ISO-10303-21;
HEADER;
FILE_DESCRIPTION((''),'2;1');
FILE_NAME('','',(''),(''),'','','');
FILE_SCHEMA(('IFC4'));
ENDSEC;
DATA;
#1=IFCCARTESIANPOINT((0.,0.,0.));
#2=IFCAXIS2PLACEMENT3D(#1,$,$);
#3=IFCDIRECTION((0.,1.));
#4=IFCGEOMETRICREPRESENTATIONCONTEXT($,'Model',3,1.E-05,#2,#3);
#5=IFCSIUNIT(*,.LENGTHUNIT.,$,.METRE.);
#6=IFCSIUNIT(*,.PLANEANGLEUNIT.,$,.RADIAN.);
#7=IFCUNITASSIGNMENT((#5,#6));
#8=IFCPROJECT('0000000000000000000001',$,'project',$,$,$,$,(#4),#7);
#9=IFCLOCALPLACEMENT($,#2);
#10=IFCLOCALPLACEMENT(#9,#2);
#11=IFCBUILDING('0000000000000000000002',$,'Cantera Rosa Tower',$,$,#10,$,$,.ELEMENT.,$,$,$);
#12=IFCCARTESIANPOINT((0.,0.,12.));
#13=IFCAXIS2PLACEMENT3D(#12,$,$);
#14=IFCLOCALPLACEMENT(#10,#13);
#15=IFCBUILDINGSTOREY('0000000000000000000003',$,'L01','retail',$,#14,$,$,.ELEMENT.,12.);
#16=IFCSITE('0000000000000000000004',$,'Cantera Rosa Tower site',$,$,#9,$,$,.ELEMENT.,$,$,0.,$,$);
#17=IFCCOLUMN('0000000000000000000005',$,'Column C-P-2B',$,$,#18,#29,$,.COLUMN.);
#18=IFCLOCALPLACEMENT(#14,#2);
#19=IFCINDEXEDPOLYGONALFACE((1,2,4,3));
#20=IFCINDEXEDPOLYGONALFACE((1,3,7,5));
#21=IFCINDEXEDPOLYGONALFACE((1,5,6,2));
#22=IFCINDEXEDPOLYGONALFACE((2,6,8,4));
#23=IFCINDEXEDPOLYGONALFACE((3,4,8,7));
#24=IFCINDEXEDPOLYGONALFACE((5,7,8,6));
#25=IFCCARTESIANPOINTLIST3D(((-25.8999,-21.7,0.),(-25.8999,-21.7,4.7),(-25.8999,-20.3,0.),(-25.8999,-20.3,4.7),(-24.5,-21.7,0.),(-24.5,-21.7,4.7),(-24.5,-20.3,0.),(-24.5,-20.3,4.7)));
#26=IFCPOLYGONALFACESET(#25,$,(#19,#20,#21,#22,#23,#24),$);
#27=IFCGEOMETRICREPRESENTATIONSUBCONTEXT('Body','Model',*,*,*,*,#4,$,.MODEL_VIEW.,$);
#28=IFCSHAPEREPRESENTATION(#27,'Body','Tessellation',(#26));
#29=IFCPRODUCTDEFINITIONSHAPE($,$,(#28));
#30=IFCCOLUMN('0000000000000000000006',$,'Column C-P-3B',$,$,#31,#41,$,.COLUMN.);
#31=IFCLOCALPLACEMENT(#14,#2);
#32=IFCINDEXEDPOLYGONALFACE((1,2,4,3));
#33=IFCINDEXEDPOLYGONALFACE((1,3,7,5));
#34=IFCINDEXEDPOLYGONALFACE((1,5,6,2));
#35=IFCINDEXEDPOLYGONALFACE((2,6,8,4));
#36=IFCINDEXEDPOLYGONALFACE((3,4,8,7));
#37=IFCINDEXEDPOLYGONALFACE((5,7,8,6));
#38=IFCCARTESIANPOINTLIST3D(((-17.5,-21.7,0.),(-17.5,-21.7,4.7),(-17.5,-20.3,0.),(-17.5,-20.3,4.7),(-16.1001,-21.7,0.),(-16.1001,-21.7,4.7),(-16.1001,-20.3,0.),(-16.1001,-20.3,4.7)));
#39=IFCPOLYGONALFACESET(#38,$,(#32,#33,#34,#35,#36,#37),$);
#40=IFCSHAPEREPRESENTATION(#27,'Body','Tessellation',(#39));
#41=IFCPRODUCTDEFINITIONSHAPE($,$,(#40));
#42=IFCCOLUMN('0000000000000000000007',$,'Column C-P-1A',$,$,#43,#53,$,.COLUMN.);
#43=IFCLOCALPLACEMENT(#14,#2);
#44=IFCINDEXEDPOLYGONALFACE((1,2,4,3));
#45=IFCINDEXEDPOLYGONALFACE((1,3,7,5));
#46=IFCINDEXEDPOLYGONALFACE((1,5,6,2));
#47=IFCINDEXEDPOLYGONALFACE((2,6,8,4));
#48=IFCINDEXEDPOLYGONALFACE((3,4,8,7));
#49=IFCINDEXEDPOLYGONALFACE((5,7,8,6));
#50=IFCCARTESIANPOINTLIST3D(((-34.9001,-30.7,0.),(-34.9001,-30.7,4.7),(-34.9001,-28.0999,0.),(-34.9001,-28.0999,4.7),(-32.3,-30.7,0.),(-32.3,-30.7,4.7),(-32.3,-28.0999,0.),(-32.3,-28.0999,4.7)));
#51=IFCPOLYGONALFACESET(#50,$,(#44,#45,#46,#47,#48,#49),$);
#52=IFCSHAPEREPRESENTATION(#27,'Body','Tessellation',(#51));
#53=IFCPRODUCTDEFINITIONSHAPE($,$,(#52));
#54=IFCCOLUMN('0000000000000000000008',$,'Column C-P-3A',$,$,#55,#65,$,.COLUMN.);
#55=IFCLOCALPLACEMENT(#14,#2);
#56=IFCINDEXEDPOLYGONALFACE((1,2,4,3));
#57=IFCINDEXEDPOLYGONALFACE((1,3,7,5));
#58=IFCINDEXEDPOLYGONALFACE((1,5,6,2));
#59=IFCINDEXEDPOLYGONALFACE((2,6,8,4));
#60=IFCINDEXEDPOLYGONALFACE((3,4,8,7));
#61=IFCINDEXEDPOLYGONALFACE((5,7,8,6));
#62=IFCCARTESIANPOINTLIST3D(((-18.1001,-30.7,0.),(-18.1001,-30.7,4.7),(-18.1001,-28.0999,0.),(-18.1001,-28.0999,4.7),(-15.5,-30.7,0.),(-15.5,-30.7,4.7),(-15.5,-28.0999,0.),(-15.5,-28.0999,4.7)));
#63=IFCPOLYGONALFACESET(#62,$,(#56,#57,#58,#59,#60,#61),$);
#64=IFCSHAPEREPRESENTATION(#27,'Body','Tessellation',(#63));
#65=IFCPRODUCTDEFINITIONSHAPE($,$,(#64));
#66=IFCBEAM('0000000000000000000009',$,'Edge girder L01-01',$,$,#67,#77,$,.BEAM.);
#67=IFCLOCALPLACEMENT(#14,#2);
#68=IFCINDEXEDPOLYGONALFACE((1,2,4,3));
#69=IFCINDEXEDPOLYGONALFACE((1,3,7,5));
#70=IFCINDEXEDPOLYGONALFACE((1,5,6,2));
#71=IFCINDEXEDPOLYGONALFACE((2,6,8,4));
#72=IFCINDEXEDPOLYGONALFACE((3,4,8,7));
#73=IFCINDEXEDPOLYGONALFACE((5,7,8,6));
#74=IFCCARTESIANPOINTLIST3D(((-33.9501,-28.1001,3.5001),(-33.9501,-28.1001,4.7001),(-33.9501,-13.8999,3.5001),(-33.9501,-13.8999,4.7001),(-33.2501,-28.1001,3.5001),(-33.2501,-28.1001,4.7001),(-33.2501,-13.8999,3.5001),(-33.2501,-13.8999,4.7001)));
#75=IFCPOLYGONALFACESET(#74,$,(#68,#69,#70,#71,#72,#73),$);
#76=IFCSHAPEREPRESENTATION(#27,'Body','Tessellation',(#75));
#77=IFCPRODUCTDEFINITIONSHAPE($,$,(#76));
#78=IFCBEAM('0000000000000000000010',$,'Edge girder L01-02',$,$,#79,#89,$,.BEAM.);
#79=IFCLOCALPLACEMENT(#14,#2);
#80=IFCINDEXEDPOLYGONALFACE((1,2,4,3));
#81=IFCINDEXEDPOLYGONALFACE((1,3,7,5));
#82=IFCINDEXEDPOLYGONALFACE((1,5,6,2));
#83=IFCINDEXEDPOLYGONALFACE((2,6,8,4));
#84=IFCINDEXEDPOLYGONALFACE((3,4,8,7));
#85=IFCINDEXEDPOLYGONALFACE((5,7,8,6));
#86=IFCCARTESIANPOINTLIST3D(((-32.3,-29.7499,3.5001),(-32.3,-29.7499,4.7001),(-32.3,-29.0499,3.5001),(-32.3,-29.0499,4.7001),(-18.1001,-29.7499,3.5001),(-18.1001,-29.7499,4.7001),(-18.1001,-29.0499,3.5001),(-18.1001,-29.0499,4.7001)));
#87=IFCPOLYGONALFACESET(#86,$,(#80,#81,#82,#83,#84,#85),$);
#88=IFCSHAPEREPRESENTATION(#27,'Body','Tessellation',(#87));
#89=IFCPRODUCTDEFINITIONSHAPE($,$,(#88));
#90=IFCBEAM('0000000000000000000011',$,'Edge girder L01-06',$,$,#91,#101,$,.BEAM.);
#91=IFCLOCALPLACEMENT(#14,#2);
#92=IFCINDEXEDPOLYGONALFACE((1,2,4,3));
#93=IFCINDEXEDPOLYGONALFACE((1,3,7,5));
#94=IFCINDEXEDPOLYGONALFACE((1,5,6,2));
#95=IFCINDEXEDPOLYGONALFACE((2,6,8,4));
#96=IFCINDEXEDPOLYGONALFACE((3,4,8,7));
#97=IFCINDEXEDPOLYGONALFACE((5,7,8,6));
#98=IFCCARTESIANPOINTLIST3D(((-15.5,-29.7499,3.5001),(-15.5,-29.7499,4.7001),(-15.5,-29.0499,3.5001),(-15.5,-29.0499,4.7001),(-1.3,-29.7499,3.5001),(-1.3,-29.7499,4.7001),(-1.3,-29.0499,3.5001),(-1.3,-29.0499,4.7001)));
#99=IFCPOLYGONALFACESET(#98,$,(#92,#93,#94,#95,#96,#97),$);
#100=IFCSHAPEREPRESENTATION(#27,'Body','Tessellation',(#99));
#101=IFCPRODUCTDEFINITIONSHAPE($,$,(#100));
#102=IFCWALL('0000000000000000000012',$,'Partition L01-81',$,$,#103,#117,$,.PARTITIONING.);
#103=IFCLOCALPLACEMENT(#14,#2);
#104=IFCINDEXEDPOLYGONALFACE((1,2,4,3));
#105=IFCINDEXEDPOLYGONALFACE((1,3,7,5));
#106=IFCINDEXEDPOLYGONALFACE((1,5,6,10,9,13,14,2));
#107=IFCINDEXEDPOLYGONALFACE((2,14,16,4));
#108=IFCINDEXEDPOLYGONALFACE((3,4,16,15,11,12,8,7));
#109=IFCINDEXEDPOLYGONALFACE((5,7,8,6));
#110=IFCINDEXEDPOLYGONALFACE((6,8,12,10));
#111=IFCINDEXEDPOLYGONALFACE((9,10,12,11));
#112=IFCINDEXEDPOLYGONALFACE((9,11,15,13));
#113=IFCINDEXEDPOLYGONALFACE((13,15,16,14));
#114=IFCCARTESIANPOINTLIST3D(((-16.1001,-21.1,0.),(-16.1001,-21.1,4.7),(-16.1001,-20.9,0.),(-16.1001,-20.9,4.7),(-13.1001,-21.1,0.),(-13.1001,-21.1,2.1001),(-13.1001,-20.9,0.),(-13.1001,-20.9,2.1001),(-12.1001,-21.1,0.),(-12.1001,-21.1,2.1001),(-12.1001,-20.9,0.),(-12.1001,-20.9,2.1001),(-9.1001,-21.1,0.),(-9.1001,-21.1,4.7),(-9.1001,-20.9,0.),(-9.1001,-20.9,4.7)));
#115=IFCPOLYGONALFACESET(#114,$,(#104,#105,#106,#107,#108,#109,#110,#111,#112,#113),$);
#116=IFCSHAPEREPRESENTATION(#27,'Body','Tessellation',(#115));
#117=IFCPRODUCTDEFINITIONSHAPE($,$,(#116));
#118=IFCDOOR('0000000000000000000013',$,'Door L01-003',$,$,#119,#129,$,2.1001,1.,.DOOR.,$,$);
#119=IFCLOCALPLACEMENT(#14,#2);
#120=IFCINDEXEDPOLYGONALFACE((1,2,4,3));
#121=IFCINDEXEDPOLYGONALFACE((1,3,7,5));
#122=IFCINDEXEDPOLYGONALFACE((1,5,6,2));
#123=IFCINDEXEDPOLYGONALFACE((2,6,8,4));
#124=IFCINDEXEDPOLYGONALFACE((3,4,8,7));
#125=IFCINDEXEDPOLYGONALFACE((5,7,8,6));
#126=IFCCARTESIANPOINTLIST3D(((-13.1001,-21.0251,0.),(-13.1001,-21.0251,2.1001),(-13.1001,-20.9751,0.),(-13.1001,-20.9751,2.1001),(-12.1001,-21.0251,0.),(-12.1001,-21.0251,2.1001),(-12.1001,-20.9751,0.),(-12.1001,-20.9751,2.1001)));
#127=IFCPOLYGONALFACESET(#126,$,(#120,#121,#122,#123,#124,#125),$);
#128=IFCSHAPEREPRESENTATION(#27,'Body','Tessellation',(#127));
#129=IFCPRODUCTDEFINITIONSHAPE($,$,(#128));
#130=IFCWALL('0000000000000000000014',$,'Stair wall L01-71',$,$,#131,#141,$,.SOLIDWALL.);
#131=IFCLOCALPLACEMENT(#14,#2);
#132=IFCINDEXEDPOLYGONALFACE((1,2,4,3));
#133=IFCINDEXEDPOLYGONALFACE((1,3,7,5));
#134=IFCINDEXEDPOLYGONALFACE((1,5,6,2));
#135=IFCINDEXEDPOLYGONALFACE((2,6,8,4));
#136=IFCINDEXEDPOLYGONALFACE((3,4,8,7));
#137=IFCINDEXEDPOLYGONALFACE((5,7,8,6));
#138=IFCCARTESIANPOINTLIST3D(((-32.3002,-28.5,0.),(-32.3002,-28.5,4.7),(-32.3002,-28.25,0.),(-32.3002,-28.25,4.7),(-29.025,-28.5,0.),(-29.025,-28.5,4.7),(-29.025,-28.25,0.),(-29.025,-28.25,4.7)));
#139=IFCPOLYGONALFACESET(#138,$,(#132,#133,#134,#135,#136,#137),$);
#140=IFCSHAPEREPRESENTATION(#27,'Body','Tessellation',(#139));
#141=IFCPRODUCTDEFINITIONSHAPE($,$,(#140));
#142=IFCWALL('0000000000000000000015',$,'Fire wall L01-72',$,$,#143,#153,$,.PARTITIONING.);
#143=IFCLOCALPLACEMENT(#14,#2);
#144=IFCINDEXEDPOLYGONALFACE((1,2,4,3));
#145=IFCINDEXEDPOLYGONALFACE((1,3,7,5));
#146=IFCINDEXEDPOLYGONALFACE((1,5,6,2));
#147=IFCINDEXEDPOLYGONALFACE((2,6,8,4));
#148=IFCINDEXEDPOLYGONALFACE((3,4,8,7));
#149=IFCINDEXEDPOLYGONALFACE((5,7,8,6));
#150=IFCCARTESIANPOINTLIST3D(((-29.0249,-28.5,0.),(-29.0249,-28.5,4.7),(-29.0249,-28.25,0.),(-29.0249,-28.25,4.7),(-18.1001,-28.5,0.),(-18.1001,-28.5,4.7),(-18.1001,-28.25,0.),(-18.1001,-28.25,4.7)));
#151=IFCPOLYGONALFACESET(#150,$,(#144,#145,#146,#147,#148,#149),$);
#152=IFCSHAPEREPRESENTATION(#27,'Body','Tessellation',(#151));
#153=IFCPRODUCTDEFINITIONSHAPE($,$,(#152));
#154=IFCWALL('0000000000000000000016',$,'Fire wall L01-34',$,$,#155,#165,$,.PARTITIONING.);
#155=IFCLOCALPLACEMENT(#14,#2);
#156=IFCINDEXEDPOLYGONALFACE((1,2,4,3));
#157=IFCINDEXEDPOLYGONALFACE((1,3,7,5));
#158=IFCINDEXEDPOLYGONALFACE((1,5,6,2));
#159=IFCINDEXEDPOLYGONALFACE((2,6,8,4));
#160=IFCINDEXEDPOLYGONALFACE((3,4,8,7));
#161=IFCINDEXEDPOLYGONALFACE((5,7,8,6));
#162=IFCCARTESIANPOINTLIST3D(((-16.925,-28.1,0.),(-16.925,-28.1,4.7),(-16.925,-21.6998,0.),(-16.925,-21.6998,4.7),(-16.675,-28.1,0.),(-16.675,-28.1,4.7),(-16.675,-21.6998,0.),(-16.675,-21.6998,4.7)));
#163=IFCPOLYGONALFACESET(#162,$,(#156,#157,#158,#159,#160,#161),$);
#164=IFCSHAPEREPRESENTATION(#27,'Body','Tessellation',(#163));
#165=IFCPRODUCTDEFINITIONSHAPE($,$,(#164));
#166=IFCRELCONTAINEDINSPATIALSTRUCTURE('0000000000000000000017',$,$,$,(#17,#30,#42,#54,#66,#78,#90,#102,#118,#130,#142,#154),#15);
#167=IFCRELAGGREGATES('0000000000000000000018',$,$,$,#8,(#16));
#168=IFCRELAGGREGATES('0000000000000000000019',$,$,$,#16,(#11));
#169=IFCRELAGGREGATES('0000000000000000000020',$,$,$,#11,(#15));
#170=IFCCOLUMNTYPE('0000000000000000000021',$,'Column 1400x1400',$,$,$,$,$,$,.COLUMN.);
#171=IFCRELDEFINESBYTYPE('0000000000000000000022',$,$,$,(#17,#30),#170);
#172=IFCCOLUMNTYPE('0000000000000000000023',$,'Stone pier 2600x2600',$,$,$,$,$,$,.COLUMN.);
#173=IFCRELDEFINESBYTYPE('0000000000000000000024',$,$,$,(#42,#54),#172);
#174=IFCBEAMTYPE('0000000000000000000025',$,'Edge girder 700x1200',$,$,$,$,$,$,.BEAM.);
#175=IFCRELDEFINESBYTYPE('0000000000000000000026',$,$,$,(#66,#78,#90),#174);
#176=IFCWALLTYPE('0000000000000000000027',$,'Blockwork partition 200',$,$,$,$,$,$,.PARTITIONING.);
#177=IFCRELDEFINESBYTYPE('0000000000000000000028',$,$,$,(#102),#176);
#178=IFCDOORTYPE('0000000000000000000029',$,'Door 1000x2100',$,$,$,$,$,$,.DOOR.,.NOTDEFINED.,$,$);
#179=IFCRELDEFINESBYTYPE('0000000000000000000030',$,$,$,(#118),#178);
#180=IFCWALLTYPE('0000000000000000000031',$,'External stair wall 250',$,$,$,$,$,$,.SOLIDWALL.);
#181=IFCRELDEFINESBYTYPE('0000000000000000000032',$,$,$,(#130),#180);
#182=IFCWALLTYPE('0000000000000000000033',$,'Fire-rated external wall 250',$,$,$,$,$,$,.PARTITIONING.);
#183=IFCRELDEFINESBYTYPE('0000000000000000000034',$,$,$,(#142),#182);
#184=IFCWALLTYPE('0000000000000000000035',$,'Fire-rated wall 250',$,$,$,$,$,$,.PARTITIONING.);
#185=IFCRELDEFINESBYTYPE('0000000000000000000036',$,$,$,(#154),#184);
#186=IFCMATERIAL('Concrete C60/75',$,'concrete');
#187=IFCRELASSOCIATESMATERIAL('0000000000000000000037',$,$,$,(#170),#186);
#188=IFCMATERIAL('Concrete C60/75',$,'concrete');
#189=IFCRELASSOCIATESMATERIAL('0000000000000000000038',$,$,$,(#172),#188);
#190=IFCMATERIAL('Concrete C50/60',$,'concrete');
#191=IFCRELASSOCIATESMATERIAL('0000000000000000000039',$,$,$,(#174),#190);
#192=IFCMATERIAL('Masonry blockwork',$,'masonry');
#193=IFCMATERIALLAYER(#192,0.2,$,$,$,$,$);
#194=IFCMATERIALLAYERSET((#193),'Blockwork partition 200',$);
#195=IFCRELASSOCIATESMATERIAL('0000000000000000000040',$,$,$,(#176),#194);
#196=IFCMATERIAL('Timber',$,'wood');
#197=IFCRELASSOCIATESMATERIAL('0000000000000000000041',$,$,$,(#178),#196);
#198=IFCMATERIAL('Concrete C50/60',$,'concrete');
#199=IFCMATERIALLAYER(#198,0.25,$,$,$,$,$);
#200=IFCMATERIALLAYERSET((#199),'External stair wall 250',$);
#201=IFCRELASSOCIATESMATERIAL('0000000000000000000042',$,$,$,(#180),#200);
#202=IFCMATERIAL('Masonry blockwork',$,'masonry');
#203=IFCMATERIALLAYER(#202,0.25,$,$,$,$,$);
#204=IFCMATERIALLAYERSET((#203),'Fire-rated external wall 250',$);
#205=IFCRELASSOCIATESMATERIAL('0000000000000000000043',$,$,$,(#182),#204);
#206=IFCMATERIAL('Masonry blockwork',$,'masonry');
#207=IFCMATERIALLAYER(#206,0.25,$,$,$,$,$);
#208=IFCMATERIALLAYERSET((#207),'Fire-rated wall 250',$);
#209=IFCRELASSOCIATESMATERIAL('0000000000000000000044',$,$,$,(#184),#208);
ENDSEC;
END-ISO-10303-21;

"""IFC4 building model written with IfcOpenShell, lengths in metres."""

from ifc_helpers import new_model, si_unit, direction, frame, frame_2d, origin, origin_2d, place, context, subcontext, project, spatial, rectangle, extrude, material, layer, layer_set, material_profile, profile_set, type_object, element, fill, save


model = new_model("IFC4")

# Units and contexts
model_context = context("Model", 3, precision=1e-05, world=origin(), true_north=direction((0.0, 1.0)))
body_context = subcontext(model_context, "Body", "Model", "MODEL_VIEW")
ifc_project = project(units=[si_unit("LENGTHUNIT", "METRE"), si_unit("PLANEANGLEUNIT", "RADIAN")], contexts=[model_context])

# Site, building, storey
site_placement = place(None, origin())
site = spatial("IfcSite", under=ifc_project, at=site_placement, Name="Cantera Rosa Tower site", CompositionType="ELEMENT", RefElevation=0.0)
building_placement = place(site_placement, origin())
building = spatial("IfcBuilding", under=site, at=building_placement, Name="Cantera Rosa Tower", CompositionType="ELEMENT")
storey_placement = place(building_placement, frame((0.0, 0.0, 12.0)))
storey = spatial("IfcBuildingStorey", under=building, at=storey_placement, Name="L01", Description="retail", CompositionType="ELEMENT", Elevation=12.0)

# Columns
ifc_material_1 = material(Name="Concrete C60/75", Category="concrete")
ifc_material_profile_1 = material_profile(ifc_material_1, rectangle(XDim=1.3999, YDim=1.3999, at=origin_2d()), Name="Column 1400x1400")
ifc_profile_set_1 = profile_set([ifc_material_profile_1], Name="Concrete C60/75")
column_type_1 = type_object("IfcColumnType", Name="Column 1400x1400", PredefinedType="COLUMN", material=ifc_profile_set_1)
for number, where, z_axis, x_axis, name in (
    (1, (-25.2, -21.0, 0.0), (0.0, 0.0, 1.0), (1.0, 0.0, 0.0), "Column C-P-2B"),
    (2, (-16.8, -21.0, 0.0), (0.0, 0.0, 1.0), (1.0, 0.0, 0.0), "Column C-P-3B"),
):
    element("IfcColumn", number, at=place(storey_placement, frame(where, z_axis=z_axis, x_axis=x_axis)), inside=storey, type_object=column_type_1, Name=name, PredefinedType="COLUMN", context=body_context, shape_type="SweptSolid", body=[
        extrude(rectangle(XDim=1.3999, YDim=1.3999, at=origin_2d()), origin(), (0.0, 0.0, 1.0), 4.7),
    ])
ifc_material_2 = material(Name="Concrete C60/75", Category="concrete")
ifc_material_profile_2 = material_profile(ifc_material_2, rectangle(XDim=2.6001, YDim=2.6001, at=origin_2d()), Name="Stone pier 2600x2600")
ifc_profile_set_2 = profile_set([ifc_material_profile_2], Name="Concrete C60/75")
column_type_2 = type_object("IfcColumnType", Name="Stone pier 2600x2600", PredefinedType="COLUMN", material=ifc_profile_set_2)
for number, where, z_axis, x_axis, name in (
    (3, (-33.6001, -29.3999, 0.0), (0.0, 0.0, 1.0), (1.0, 0.0, 0.0), "Column C-P-1A"),
    (4, (-16.8, -29.3999, 0.0), (0.0, 0.0, 1.0), (1.0, 0.0, 0.0), "Column C-P-3A"),
):
    element("IfcColumn", number, at=place(storey_placement, frame(where, z_axis=z_axis, x_axis=x_axis)), inside=storey, type_object=column_type_2, Name=name, PredefinedType="COLUMN", context=body_context, shape_type="SweptSolid", body=[
        extrude(rectangle(XDim=2.6001, YDim=2.6001, at=origin_2d()), origin(), (0.0, 0.0, 1.0), 4.7),
    ])

# Beams
ifc_material_3 = material(Name="Concrete C50/60", Category="concrete")
ifc_material_profile_3 = material_profile(ifc_material_3, rectangle(XDim=0.7, YDim=1.2, at=origin_2d()), Name="Edge girder 700x1200")
ifc_profile_set_3 = profile_set([ifc_material_profile_3], Name="Concrete C50/60")
beam_type = type_object("IfcBeamType", Name="Edge girder 700x1200", PredefinedType="BEAM", material=ifc_profile_set_3)
beam_placement = place(storey_placement, frame((-33.6001, -28.1001, 4.1001), z_axis=(0.0, 1.0, 0.0), x_axis=(-1.0, 0.0, 0.0)))
element("IfcBeam", 5, at=beam_placement, inside=storey, type_object=beam_type, Name="Edge girder L01-01", PredefinedType="BEAM", context=body_context, shape_type="SweptSolid", body=[
    extrude(rectangle(XDim=0.7, YDim=1.2, at=origin_2d()), origin(), (0.0, 0.0, 1.0), 14.2002),
])
for number, where, z_axis, x_axis, name in (
    (6, (-32.3, -29.3999, 4.1001), (1.0, 0.0, 0.0), (0.0, 1.0, 0.0), "Edge girder L01-02"),
    (7, (-15.5, -29.3999, 4.1001), (1.0, 0.0, 0.0), (0.0, 1.0, 0.0), "Edge girder L01-06"),
):
    element("IfcBeam", number, at=place(storey_placement, frame(where, z_axis=z_axis, x_axis=x_axis)), inside=storey, type_object=beam_type, Name=name, PredefinedType="BEAM", context=body_context, shape_type="SweptSolid", body=[
        extrude(rectangle(XDim=0.7, YDim=1.2, at=origin_2d()), origin(), (0.0, 0.0, 1.0), 14.2),
    ])

# Wall, opening, door
ifc_material_4 = material(Name="Masonry blockwork", Category="masonry")
ifc_layer_1 = layer(ifc_material_4, 0.2)
ifc_layer_set_1 = layer_set([ifc_layer_1], Name="Blockwork partition 200")
wall_type_1 = type_object("IfcWallType", Name="Blockwork partition 200", PredefinedType="PARTITIONING", material=ifc_layer_set_1)
wall_1_placement = place(storey_placement, frame((-16.1001, -21.0, 0.0), z_axis=(0.0, 0.0, 1.0), x_axis=(1.0, 0.0, 0.0)))
wall_1 = element("IfcWall", 8, at=wall_1_placement, inside=storey, type_object=wall_type_1, Name="Partition L01-81", PredefinedType="PARTITIONING", context=body_context, shape_type="SweptSolid", body=[
    extrude(rectangle(XDim=7.0, YDim=0.2, at=frame_2d((3.5, 0.0))), origin(), (0.0, 0.0, 1.0), 4.7),
])
opening_1_placement = place(wall_1_placement, frame((3.0, 0.0, 0.0)))
opening_1 = element("IfcOpeningElement", 9, at=opening_1_placement, cuts=wall_1, PredefinedType="OPENING", context=body_context, shape_type="SweptSolid", body=[
    extrude(rectangle(XDim=1.0, YDim=2.1001, at=frame_2d((0.5, 1.05))), frame((0.0, 0.1099, 0.0), z_axis=(0.0, -1.0, 0.0), x_axis=(1.0, 0.0, 0.0)), (0.0, 0.0, 1.0), 0.22),
])
ifc_material_5 = material(Name="Timber", Category="wood")
door_type_1 = type_object("IfcDoorType", Name="Door 1000x2100", OperationType="NOTDEFINED", PredefinedType="DOOR", material=ifc_material_5)
door_1_placement = place(opening_1_placement, origin())
door_1 = element("IfcDoor", 10, at=door_1_placement, inside=storey, type_object=door_type_1, Name="Door L01-003", OverallHeight=2.1001, OverallWidth=1.0, PredefinedType="DOOR", context=body_context, shape_type="SweptSolid", body=[
    extrude(rectangle(XDim=1.0, YDim=2.1001, at=frame_2d((0.5, 1.05))), frame((0.0, 0.0249, 0.0), z_axis=(0.0, -1.0, 0.0), x_axis=(1.0, 0.0, 0.0)), (0.0, 0.0, 1.0), 0.05),
])
fill(opening_1, door_1)

# Walls
ifc_material_6 = material(Name="Concrete C50/60", Category="concrete")
ifc_layer_2 = layer(ifc_material_6, 0.25)
ifc_layer_set_2 = layer_set([ifc_layer_2], Name="External stair wall 250")
wall_type_2 = type_object("IfcWallType", Name="External stair wall 250", PredefinedType="SOLIDWALL", material=ifc_layer_set_2)
wall_2_placement = place(storey_placement, frame((-29.0249, -28.375, 0.0), z_axis=(0.0, 0.0, 1.0), x_axis=(-1.0, 0.0, 0.0)))
element("IfcWall", 11, at=wall_2_placement, inside=storey, type_object=wall_type_2, Name="Stair wall L01-71", PredefinedType="SOLIDWALL", context=body_context, shape_type="SweptSolid", body=[
    extrude(rectangle(XDim=3.2751, YDim=0.25, at=frame_2d((1.6377, 0.0))), origin(), (0.0, 0.0, 1.0), 4.7),
])
ifc_material_7 = material(Name="Masonry blockwork", Category="masonry")
ifc_layer_3 = layer(ifc_material_7, 0.25)
ifc_layer_set_3 = layer_set([ifc_layer_3], Name="Fire-rated external wall 250")
wall_type_3 = type_object("IfcWallType", Name="Fire-rated external wall 250", PredefinedType="PARTITIONING", material=ifc_layer_set_3)
wall_3_placement = place(storey_placement, frame((-29.0249, -28.375, 0.0), z_axis=(0.0, 0.0, 1.0), x_axis=(1.0, 0.0, 0.0)))
element("IfcWall", 12, at=wall_3_placement, inside=storey, type_object=wall_type_3, Name="Fire wall L01-72", PredefinedType="PARTITIONING", context=body_context, shape_type="SweptSolid", body=[
    extrude(rectangle(XDim=10.9248, YDim=0.25, at=frame_2d((5.4624, 0.0))), origin(), (0.0, 0.0, 1.0), 4.7),
])
ifc_material_8 = material(Name="Masonry blockwork", Category="masonry")
ifc_layer_4 = layer(ifc_material_8, 0.25)
ifc_layer_set_4 = layer_set([ifc_layer_4], Name="Fire-rated wall 250")
wall_type_4 = type_object("IfcWallType", Name="Fire-rated wall 250", PredefinedType="PARTITIONING", material=ifc_layer_set_4)
wall_4_placement = place(storey_placement, frame((-16.8, -28.1001, 0.0), z_axis=(0.0, 0.0, 1.0), x_axis=(0.0, 1.0, 0.0)))
element("IfcWall", 13, at=wall_4_placement, inside=storey, type_object=wall_type_4, Name="Fire wall L01-34", PredefinedType="PARTITIONING", context=body_context, shape_type="SweptSolid", body=[
    extrude(rectangle(XDim=6.4001, YDim=0.25, at=frame_2d((3.2002, 0.0))), origin(), (0.0, 0.0, 1.0), 4.7),
])

save(model, "model.ifc")
